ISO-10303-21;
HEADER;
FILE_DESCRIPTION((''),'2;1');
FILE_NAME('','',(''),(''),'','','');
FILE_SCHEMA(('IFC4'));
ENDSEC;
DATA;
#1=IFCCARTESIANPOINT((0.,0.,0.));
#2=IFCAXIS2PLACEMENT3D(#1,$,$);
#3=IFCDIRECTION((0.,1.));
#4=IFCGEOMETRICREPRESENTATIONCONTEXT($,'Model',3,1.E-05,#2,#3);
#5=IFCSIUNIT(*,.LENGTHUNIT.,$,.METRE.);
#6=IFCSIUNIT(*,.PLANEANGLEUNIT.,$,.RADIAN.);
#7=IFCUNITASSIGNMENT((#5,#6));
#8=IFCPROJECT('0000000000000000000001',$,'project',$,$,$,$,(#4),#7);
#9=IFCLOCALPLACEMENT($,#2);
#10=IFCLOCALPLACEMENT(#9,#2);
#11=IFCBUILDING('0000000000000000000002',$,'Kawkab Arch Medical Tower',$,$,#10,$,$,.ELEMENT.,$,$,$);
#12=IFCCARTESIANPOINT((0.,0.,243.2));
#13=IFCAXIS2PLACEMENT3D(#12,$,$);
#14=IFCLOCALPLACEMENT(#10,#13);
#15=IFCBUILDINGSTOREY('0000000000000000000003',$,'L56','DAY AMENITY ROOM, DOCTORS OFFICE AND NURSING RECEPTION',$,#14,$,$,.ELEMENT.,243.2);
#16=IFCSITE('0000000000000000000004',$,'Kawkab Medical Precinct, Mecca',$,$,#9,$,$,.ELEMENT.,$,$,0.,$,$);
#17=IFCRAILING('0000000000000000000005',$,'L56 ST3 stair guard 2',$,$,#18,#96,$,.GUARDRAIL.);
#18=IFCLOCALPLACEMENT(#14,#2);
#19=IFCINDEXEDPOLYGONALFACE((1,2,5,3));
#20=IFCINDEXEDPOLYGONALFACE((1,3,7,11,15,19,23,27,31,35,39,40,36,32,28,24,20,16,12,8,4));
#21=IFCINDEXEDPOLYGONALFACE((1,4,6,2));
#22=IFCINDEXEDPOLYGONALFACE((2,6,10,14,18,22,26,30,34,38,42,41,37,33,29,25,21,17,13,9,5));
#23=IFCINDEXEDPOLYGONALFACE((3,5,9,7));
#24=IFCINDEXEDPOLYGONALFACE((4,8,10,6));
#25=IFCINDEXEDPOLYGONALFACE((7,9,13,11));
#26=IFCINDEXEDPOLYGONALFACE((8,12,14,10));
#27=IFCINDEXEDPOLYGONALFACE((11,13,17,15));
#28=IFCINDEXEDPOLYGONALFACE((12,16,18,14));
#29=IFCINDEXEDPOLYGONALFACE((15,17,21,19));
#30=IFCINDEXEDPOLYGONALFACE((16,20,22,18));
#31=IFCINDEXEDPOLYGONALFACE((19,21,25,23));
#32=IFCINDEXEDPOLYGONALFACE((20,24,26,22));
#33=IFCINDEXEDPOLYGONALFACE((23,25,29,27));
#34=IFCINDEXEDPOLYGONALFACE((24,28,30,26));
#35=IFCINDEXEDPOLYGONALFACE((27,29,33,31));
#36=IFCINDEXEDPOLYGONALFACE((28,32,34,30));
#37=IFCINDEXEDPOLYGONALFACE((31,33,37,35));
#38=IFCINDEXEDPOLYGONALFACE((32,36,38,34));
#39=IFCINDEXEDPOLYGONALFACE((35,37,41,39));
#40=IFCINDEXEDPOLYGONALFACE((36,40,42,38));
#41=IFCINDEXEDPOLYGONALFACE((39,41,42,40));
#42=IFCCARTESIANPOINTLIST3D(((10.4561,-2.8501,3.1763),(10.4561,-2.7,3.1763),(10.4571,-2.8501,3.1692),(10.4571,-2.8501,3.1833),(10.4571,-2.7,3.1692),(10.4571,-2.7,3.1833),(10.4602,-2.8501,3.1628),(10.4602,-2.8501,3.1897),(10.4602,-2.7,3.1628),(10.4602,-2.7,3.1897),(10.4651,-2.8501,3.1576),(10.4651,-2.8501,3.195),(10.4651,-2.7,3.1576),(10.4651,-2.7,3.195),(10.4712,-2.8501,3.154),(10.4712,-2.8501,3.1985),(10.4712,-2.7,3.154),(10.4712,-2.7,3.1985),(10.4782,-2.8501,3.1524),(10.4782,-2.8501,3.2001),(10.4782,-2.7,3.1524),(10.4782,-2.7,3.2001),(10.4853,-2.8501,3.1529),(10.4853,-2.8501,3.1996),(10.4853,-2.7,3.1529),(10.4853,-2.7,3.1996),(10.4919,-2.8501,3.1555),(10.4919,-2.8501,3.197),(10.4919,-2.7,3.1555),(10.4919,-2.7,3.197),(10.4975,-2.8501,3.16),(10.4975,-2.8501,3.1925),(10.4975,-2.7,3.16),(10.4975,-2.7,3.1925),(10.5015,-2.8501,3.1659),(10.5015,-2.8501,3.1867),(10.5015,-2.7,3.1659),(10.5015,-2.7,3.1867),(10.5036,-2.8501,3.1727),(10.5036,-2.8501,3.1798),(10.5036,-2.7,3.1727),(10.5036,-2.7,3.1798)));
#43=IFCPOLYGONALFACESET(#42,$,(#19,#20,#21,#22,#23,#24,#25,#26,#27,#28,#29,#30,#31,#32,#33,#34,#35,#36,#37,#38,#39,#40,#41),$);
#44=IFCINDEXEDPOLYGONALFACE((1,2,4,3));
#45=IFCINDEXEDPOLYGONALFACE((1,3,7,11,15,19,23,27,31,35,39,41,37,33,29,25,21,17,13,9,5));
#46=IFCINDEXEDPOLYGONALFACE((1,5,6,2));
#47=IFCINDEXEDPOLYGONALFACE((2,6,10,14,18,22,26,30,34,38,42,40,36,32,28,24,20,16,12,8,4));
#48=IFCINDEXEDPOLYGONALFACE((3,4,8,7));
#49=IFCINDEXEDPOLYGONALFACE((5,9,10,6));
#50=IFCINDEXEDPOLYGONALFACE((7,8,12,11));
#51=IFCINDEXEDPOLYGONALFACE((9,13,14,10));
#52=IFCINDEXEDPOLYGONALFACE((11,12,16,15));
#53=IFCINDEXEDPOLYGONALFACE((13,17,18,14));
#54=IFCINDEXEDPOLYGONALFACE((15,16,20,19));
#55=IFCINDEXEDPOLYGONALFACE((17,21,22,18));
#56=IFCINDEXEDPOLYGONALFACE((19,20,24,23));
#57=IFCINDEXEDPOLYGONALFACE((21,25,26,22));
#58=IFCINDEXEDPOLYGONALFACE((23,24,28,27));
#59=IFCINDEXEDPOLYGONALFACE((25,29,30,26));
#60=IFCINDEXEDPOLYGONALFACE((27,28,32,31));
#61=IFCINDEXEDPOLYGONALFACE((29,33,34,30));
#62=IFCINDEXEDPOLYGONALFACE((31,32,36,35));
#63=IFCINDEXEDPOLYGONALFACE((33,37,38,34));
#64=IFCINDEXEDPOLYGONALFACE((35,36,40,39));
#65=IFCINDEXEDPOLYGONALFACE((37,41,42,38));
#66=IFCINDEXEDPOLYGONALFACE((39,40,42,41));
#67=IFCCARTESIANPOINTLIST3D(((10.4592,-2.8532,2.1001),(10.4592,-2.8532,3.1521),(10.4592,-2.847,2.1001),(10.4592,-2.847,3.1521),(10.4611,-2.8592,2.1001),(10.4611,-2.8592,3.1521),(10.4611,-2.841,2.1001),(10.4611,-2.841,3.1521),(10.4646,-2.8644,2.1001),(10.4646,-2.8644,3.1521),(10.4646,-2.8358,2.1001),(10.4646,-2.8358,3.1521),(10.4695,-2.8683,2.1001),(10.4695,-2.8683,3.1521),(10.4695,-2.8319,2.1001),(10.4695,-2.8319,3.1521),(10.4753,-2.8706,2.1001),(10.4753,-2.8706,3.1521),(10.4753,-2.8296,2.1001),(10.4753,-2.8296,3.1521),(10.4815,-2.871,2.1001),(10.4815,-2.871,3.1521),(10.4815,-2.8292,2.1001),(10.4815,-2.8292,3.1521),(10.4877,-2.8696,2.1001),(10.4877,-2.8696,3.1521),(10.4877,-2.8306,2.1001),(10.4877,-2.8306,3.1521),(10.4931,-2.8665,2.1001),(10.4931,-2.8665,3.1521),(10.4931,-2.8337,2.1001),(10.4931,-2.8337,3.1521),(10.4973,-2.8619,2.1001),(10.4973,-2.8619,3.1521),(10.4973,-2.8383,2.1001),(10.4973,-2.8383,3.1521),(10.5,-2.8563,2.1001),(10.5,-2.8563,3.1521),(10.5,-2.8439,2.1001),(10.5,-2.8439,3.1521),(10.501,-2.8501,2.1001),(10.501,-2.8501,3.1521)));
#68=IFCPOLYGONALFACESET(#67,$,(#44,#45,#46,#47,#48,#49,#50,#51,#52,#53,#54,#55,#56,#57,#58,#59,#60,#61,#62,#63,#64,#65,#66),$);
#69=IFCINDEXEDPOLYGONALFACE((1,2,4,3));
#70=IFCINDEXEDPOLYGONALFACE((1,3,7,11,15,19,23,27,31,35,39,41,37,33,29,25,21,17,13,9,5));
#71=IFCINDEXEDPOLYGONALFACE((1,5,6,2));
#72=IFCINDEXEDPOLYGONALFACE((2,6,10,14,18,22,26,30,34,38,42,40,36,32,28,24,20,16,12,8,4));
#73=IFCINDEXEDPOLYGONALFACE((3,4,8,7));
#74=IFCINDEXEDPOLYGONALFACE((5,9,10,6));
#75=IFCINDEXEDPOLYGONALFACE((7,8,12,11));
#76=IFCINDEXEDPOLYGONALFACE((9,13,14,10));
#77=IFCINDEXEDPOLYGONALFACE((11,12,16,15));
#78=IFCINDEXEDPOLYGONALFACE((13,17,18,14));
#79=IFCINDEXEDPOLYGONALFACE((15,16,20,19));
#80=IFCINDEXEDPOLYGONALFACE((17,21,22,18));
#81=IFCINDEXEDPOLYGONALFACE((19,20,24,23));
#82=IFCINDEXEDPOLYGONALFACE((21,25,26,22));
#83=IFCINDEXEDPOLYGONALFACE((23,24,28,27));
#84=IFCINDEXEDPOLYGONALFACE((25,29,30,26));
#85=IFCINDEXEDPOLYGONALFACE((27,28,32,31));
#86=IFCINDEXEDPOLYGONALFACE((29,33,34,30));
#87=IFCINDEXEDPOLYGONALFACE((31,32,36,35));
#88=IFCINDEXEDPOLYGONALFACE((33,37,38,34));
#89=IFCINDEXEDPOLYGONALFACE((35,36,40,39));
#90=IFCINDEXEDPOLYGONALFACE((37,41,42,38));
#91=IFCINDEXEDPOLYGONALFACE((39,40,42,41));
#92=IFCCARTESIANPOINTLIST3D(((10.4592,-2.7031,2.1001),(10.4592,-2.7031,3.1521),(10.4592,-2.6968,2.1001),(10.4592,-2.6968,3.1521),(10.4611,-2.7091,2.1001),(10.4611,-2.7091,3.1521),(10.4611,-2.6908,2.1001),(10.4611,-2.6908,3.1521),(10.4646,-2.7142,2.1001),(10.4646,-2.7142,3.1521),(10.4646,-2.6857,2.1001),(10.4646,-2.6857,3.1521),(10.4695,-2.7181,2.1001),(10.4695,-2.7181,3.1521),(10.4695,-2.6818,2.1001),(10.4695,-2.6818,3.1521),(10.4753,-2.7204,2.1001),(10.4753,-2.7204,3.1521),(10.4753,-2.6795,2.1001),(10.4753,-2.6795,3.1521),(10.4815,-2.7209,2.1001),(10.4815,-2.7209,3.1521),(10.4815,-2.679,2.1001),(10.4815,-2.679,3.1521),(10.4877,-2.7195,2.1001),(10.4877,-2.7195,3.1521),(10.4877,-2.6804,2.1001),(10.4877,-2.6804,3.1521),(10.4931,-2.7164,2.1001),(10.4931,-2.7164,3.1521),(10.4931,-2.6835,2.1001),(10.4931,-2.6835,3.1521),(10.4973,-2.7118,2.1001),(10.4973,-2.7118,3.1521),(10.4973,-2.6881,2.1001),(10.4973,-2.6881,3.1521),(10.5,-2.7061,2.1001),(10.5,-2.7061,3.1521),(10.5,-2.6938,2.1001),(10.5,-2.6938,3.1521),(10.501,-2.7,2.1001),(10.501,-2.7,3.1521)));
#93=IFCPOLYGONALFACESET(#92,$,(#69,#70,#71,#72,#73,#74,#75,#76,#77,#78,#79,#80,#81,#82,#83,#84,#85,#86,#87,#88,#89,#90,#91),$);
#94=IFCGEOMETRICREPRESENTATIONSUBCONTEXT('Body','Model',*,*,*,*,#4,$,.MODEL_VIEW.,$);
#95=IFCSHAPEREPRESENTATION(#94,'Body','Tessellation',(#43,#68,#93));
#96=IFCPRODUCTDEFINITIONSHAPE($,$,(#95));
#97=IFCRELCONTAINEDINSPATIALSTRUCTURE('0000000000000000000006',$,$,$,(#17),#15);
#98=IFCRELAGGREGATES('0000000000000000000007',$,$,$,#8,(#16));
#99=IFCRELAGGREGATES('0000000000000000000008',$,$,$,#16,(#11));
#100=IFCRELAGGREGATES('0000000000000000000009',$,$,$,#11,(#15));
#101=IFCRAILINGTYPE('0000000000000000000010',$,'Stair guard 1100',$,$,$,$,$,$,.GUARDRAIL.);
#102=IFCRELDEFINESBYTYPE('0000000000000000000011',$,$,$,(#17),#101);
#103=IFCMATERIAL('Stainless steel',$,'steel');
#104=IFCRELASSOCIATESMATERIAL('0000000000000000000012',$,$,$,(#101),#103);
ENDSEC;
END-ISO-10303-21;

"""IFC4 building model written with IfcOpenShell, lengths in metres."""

from ifc_helpers import new_model, si_unit, direction, frame, origin, origin_2d, place, context, subcontext, project, spatial, circle, extrude, material, type_object, element, save


model = new_model("IFC4")

# Units and contexts
model_context = context("Model", 3, precision=1e-05, world=origin(), true_north=direction((0.0, 1.0)))
body_context = subcontext(model_context, "Body", "Model", "MODEL_VIEW")
ifc_project = project(units=[si_unit("LENGTHUNIT", "METRE"), si_unit("PLANEANGLEUNIT", "RADIAN")], contexts=[model_context])

# Site, building, storey
site_placement = place(None, origin())
site = spatial("IfcSite", under=ifc_project, at=site_placement, Name="Kawkab Medical Precinct, Mecca", CompositionType="ELEMENT", RefElevation=0.0)
building_placement = place(site_placement, origin())
building = spatial("IfcBuilding", under=site, at=building_placement, Name="Kawkab Arch Medical Tower", CompositionType="ELEMENT")
storey_placement = place(building_placement, frame((0.0, 0.0, 243.2)))
storey = spatial("IfcBuildingStorey", under=building, at=storey_placement, Name="L56", Description="DAY AMENITY ROOM, DOCTORS OFFICE AND NURSING RECEPTION", CompositionType="ELEMENT", Elevation=243.2)

# Railing
ifc_material_1 = material(Name="Stainless steel", Category="steel")
railing_type_1 = type_object("IfcRailingType", Name="Stair guard 1100", PredefinedType="GUARDRAIL", material=ifc_material_1)
railing_1_placement = place(storey_placement, frame((10.48, -2.8501, 2.1001)))
element("IfcRailing", 1, at=railing_1_placement, inside=storey, type_object=railing_type_1, Name="L56 ST3 stair guard 2", PredefinedType="GUARDRAIL", context=body_context, shape_type="SweptSolid", body=[
    extrude(circle(Radius=0.0239, at=origin_2d()), frame((0.0, 0.0, 1.0762), z_axis=(0.0, 1.0, 0.0), x_axis=(-1.0, 0.0, 0.0)), (0.0, 0.0, 1.0), 0.1501),
    extrude(circle(Radius=0.021, at=origin_2d()), origin(), (0.0, 0.0, 1.0), 1.052),
    extrude(circle(Radius=0.021, at=origin_2d()), frame((0.0, 0.1501, 0.0)), (0.0, 0.0, 1.0), 1.052),
])

save(model, "model.ifc")
